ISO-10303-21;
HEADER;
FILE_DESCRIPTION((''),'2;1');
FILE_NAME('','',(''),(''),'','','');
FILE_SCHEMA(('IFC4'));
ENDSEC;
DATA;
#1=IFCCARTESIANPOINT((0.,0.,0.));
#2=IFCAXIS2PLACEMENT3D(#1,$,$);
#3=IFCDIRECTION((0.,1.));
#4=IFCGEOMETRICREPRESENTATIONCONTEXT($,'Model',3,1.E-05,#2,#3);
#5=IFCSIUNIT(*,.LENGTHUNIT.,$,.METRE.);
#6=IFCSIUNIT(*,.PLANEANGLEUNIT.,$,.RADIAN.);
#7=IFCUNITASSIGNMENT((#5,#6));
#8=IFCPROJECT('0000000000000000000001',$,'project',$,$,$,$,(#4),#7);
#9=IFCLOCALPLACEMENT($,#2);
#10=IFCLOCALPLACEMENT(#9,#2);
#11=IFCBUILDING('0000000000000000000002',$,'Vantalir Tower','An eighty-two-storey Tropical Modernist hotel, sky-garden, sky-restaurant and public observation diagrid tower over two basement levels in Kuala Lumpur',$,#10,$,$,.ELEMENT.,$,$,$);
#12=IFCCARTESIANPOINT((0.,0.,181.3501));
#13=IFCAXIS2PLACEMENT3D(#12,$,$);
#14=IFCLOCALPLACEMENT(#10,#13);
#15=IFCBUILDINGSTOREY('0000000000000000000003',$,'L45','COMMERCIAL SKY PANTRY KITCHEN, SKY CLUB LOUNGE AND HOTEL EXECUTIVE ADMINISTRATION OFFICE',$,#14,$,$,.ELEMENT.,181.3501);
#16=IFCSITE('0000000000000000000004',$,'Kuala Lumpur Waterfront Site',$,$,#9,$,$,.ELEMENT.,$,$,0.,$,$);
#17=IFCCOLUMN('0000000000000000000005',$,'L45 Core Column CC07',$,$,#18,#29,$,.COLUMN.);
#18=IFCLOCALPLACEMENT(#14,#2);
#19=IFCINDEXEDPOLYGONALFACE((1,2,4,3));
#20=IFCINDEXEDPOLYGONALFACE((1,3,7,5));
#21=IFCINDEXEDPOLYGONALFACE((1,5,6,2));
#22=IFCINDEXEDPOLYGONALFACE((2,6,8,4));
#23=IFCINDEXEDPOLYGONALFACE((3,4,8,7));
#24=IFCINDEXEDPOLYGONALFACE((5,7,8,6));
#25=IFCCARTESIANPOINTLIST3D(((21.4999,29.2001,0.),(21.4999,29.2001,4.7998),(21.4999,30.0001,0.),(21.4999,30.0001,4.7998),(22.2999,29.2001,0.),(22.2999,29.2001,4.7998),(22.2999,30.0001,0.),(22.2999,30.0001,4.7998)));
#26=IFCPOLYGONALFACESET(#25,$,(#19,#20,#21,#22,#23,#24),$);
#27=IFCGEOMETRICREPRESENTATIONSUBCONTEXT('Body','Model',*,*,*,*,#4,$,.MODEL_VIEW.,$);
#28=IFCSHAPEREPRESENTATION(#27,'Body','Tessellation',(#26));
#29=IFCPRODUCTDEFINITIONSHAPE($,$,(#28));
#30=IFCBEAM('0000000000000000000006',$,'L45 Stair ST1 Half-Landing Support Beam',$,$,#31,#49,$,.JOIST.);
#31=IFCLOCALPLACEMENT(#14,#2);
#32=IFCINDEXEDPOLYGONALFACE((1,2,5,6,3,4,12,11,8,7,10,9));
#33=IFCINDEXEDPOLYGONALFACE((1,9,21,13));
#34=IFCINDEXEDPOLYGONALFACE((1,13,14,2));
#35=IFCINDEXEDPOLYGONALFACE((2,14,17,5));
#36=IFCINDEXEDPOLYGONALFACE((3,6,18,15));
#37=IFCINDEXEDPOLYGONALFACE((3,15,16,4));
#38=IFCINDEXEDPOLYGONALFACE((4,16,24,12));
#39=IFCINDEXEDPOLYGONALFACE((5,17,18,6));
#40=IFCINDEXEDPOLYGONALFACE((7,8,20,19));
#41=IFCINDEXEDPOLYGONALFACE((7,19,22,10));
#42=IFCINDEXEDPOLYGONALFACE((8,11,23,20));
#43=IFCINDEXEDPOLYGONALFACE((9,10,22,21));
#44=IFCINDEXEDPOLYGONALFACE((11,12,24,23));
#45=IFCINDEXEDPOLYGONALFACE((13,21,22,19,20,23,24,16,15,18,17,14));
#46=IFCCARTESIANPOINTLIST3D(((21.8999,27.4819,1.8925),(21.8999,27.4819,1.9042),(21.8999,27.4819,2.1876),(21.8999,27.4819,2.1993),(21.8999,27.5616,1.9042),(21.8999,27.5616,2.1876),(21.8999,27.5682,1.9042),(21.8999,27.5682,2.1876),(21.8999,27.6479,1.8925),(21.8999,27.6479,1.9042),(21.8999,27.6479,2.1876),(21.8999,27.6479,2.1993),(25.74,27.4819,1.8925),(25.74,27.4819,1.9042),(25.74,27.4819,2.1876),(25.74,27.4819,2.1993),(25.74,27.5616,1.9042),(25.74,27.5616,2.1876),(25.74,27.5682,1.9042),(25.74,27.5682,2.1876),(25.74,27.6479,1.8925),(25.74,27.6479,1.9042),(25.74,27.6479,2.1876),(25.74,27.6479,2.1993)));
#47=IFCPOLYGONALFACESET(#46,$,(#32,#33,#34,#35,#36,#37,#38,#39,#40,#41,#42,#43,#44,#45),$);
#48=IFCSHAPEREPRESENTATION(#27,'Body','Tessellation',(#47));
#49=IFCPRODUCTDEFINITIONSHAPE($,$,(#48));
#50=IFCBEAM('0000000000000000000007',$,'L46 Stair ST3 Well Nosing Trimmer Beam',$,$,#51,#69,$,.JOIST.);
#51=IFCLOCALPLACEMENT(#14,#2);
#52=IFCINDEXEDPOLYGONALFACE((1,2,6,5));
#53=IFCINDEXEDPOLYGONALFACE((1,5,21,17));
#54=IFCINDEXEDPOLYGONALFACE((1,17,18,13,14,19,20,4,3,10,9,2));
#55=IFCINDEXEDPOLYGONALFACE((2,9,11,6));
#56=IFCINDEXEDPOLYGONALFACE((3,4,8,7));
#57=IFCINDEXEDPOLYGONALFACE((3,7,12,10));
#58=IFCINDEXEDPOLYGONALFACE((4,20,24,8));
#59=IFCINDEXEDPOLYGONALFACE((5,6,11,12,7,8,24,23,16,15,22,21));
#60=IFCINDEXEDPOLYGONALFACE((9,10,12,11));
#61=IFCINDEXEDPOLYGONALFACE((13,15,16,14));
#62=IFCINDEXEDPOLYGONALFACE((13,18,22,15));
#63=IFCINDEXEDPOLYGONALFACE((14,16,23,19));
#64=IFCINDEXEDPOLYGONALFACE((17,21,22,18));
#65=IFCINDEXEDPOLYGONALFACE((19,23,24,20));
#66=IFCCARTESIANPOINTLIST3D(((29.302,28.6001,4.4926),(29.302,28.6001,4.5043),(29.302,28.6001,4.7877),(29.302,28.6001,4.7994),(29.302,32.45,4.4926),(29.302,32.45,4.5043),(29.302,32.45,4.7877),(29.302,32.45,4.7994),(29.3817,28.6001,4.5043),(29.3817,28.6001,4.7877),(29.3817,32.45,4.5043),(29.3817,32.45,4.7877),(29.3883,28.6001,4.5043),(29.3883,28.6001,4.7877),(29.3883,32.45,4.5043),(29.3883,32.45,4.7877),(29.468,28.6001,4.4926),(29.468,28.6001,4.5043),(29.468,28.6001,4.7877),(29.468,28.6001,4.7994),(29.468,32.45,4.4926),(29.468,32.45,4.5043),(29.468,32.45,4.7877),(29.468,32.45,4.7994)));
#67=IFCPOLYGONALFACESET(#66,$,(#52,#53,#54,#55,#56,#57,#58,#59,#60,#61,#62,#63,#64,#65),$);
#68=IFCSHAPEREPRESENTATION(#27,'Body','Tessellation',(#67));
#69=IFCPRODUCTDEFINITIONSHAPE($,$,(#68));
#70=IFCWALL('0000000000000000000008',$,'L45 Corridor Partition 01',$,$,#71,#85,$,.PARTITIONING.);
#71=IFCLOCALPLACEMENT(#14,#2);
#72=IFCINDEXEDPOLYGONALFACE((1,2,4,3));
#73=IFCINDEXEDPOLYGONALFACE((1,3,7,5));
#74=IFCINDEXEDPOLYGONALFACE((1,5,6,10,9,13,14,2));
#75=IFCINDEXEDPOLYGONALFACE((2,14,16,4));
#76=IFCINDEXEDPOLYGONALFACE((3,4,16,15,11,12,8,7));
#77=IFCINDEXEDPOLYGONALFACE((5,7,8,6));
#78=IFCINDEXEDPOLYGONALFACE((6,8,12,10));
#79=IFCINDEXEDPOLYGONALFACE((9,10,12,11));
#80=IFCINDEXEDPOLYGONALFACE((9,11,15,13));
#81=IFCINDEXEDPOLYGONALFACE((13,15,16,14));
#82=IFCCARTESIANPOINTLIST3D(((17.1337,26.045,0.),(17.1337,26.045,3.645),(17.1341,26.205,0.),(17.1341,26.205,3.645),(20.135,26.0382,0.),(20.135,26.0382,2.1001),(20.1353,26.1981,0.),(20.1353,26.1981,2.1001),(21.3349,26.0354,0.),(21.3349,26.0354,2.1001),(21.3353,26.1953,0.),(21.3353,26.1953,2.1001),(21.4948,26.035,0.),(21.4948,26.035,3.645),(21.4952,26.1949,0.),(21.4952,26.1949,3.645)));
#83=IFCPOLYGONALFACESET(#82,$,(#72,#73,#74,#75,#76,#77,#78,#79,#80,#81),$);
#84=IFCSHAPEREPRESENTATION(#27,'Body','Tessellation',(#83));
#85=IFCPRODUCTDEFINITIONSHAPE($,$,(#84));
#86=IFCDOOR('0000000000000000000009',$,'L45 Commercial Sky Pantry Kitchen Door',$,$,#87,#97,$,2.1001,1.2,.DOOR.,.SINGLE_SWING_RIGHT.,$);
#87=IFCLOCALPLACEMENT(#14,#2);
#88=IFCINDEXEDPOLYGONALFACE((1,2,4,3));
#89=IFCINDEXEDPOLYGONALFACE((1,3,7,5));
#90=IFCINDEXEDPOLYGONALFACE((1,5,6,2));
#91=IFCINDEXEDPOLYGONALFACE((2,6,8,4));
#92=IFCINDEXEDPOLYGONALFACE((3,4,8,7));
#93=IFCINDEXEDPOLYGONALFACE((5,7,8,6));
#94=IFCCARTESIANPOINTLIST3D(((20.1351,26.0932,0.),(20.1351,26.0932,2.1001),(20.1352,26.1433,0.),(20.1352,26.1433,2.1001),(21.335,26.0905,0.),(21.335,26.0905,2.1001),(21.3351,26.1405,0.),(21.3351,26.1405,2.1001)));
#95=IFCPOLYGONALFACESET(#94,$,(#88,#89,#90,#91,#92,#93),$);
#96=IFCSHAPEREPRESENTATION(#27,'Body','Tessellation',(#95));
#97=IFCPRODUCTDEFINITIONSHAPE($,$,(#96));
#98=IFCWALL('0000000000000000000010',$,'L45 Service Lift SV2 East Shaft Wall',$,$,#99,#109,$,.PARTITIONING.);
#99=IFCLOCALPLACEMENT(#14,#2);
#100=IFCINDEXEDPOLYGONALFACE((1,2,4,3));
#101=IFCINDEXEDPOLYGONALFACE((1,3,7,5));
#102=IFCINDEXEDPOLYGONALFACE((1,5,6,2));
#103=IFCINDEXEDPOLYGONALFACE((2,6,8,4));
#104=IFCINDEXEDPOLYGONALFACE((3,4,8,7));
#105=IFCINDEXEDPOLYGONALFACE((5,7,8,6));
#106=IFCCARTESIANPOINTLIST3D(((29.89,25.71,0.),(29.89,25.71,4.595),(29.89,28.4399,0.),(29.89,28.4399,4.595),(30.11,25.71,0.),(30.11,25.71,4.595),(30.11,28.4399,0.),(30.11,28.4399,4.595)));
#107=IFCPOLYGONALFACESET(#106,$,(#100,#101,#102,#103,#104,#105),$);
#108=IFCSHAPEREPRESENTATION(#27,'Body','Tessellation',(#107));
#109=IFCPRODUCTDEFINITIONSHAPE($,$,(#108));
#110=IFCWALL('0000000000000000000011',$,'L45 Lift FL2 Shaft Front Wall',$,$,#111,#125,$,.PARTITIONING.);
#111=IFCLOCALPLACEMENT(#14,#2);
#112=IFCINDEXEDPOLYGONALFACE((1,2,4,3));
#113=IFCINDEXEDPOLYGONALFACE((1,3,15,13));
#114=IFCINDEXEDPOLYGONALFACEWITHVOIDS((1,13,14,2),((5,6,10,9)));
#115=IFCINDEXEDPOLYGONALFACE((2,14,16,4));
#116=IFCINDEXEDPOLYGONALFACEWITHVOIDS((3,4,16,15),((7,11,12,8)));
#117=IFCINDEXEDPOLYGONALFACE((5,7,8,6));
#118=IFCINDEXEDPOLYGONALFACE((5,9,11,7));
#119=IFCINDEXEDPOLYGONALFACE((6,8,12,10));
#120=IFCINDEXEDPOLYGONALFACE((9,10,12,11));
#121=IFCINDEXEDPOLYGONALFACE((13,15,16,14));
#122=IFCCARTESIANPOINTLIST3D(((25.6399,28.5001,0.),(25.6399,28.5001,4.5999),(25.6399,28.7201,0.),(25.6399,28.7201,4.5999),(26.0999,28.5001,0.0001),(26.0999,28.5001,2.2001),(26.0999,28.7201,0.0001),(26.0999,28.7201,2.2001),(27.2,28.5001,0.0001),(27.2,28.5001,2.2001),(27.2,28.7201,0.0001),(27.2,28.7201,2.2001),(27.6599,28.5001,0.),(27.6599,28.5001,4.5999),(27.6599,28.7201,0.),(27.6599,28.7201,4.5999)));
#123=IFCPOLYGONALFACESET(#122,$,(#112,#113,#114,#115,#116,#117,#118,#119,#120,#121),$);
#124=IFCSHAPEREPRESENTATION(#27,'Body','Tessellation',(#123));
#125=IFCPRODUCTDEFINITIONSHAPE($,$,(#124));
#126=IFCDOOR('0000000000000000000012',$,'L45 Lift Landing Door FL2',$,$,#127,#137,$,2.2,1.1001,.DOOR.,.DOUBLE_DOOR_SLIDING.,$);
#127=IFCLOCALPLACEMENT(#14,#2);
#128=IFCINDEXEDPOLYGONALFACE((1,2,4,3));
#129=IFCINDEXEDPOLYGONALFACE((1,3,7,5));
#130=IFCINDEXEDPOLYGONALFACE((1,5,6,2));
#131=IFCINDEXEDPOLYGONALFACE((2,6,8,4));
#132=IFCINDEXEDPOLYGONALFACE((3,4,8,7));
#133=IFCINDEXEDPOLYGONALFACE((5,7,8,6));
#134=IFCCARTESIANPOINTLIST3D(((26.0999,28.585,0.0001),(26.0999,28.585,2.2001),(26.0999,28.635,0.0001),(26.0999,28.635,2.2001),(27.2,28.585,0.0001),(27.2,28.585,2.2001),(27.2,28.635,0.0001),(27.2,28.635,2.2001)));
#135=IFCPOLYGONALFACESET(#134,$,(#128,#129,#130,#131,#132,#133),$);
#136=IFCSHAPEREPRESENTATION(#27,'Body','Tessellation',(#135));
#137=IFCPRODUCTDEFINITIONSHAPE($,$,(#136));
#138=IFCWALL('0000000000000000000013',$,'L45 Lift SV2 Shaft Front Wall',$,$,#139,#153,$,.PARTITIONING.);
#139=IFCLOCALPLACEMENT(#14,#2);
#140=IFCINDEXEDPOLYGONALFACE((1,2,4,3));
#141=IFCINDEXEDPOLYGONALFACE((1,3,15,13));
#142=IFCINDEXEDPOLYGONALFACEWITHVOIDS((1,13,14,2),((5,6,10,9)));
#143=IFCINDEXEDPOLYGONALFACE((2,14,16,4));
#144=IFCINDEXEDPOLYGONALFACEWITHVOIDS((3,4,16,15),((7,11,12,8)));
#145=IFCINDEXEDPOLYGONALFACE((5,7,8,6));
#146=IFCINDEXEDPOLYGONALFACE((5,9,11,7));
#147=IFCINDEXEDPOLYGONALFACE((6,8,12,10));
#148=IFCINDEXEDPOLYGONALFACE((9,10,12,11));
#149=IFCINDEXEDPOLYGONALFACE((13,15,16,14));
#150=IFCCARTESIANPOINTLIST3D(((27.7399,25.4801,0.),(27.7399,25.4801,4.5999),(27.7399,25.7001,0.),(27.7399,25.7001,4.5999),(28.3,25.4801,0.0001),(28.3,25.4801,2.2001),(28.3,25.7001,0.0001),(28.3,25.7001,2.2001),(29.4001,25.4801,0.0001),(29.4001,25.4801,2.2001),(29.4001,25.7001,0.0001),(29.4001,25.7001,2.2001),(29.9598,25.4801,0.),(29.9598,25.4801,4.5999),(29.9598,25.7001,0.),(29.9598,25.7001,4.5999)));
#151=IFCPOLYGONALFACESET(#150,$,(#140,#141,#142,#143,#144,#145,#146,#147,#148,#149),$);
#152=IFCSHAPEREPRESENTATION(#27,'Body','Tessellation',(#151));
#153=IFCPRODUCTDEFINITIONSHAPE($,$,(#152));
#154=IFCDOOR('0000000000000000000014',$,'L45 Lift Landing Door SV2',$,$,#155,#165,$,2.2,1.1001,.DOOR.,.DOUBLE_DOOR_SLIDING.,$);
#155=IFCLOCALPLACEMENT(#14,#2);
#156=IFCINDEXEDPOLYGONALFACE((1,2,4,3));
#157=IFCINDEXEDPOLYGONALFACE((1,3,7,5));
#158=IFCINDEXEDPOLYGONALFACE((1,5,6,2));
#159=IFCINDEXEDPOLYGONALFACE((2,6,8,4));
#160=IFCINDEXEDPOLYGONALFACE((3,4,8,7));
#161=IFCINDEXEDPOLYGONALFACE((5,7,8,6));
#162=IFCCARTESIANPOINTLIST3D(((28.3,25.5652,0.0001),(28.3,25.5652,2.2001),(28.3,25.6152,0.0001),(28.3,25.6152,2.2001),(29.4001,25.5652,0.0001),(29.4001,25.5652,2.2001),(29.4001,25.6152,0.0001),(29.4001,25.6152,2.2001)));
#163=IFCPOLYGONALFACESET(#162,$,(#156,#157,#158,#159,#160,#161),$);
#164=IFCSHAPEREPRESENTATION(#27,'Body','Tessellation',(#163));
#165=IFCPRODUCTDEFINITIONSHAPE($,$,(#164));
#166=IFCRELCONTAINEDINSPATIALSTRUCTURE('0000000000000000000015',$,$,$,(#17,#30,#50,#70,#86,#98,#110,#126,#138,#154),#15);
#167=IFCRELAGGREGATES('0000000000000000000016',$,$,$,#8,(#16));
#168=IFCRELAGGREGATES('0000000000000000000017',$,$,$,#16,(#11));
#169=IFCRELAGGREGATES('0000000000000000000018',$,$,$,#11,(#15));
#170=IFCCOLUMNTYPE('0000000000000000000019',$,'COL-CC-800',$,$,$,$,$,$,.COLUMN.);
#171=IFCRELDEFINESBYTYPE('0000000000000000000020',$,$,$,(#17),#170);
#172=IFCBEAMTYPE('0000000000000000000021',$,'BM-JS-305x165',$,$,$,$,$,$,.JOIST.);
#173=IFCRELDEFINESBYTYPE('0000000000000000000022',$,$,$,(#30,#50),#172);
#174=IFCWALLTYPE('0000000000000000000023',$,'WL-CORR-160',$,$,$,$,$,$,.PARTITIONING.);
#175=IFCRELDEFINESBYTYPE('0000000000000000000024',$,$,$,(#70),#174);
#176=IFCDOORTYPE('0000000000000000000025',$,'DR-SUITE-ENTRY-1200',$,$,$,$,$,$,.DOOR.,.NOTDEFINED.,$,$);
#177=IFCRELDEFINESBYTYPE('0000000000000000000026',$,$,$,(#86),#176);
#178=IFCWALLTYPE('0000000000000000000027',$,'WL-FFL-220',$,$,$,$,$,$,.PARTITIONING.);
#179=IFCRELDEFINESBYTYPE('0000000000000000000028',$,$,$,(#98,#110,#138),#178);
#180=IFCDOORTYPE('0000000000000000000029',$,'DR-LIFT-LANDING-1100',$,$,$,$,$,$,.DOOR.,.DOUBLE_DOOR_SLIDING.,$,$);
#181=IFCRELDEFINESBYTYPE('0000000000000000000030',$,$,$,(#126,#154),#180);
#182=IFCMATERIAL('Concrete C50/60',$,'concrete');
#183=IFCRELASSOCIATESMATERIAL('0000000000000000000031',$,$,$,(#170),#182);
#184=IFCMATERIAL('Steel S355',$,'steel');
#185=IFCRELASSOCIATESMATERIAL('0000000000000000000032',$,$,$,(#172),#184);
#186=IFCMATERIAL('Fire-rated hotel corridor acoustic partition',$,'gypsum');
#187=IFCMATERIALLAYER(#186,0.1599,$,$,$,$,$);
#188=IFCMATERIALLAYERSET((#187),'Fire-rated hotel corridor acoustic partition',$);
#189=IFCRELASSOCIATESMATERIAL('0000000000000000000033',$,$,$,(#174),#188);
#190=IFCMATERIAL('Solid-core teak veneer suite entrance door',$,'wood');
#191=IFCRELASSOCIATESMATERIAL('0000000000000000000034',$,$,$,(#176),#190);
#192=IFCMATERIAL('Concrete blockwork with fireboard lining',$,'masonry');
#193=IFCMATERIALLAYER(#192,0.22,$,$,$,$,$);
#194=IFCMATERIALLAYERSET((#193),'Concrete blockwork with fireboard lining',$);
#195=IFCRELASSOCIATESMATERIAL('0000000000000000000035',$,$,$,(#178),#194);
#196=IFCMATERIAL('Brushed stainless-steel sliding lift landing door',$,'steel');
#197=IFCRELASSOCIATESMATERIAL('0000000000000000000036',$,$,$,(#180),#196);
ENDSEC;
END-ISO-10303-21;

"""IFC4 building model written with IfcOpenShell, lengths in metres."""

from ifc_helpers import new_model, si_unit, direction, frame, frame_2d, origin, origin_2d, place, context, subcontext, project, spatial, rectangle, i_section, extrude, material, layer, layer_set, material_profile, profile_set, type_object, element, fill, save


model = new_model("IFC4")

# Units and contexts
model_context = context("Model", 3, precision=1e-05, world=origin(), true_north=direction((0.0, 1.0)))
body_context = subcontext(model_context, "Body", "Model", "MODEL_VIEW")
ifc_project = project(units=[si_unit("LENGTHUNIT", "METRE"), si_unit("PLANEANGLEUNIT", "RADIAN")], contexts=[model_context])

# Site, building, storey
site_placement = place(None, origin())
site = spatial("IfcSite", under=ifc_project, at=site_placement, Name="Kuala Lumpur Waterfront Site", CompositionType="ELEMENT", RefElevation=0.0)
building_placement = place(site_placement, origin())
building = spatial("IfcBuilding", under=site, at=building_placement, Name="Vantalir Tower", Description="An eighty-two-storey Tropical Modernist hotel, sky-garden, sky-restaurant and public observation diagrid tower over two basement levels in Kuala Lumpur", CompositionType="ELEMENT")
storey_placement = place(building_placement, frame((0.0, 0.0, 181.3501)))
storey = spatial("IfcBuildingStorey", under=building, at=storey_placement, Name="L45", Description="COMMERCIAL SKY PANTRY KITCHEN, SKY CLUB LOUNGE AND HOTEL EXECUTIVE ADMINISTRATION OFFICE", CompositionType="ELEMENT", Elevation=181.3501)

# Column
ifc_material_1 = material(Name="Concrete C50/60", Category="concrete")
ifc_material_profile_1 = material_profile(ifc_material_1, rectangle(XDim=0.8, YDim=0.8, at=origin_2d()), Name="Concrete C50/60")
ifc_profile_set_1 = profile_set([ifc_material_profile_1], Name="Concrete C50/60")
column_type = type_object("IfcColumnType", Name="COL-CC-800", PredefinedType="COLUMN", material=ifc_profile_set_1)
column_placement = place(storey_placement, frame((21.8999, 29.6001, 0.0), z_axis=(0.0, 0.0, 1.0), x_axis=(1.0, 0.0, 0.0)))
element("IfcColumn", 1, at=column_placement, inside=storey, type_object=column_type, Name="L45 Core Column CC07", PredefinedType="COLUMN", context=body_context, shape_type="SweptSolid", body=[
    extrude(rectangle(XDim=0.8, YDim=0.8, at=origin_2d()), origin(), (0.0, 0.0, 1.0), 4.7998),
])

# Beams
ifc_material_2 = material(Name="Steel S355", Category="steel")
ifc_material_profile_2 = material_profile(ifc_material_2, i_section(OverallWidth=0.166, OverallDepth=0.3069, WebThickness=0.0066, FlangeThickness=0.0117, at=origin_2d()), Name="Steel S355")
ifc_profile_set_2 = profile_set([ifc_material_profile_2], Name="Steel S355")
beam_type = type_object("IfcBeamType", Name="BM-JS-305x165", PredefinedType="JOIST", material=ifc_profile_set_2)
beam_1_placement = place(storey_placement, frame((21.8999, 27.5649, 2.0459), z_axis=(1.0, 0.0, 0.0), x_axis=(0.0, 1.0, 0.0)))
element("IfcBeam", 2, at=beam_1_placement, inside=storey, type_object=beam_type, Name="L45 Stair ST1 Half-Landing Support Beam", PredefinedType="JOIST", context=body_context, shape_type="SweptSolid", body=[
    extrude(i_section(OverallWidth=0.166, OverallDepth=0.3069, WebThickness=0.0066, FlangeThickness=0.0117, at=origin_2d()), origin(), (0.0, 0.0, 1.0), 3.8401),
])
beam_2_placement = place(storey_placement, frame((29.385, 28.6001, 4.646), z_axis=(0.0, 1.0, 0.0), x_axis=(-1.0, 0.0, 0.0)))
element("IfcBeam", 3, at=beam_2_placement, inside=storey, type_object=beam_type, Name="L46 Stair ST3 Well Nosing Trimmer Beam", PredefinedType="JOIST", context=body_context, shape_type="SweptSolid", body=[
    extrude(i_section(OverallWidth=0.166, OverallDepth=0.3069, WebThickness=0.0066, FlangeThickness=0.0117, at=origin_2d()), origin(), (0.0, 0.0, 1.0), 3.8499),
])

# Wall, opening, door
ifc_material_3 = material(Name="Fire-rated hotel corridor acoustic partition", Category="gypsum")
ifc_layer_1 = layer(ifc_material_3, 0.1599)
ifc_layer_set_1 = layer_set([ifc_layer_1], Name="Fire-rated hotel corridor acoustic partition")
wall_type_1 = type_object("IfcWallType", Name="WL-CORR-160", PredefinedType="PARTITIONING", material=ifc_layer_set_1)
wall_1_placement = place(storey_placement, frame((21.4951, 26.115, 0.0), z_axis=(0.0, 0.0, 1.0), x_axis=(-0.999997, 0.002295, 0.0)))
wall_1 = element("IfcWall", 4, at=wall_1_placement, inside=storey, type_object=wall_type_1, Name="L45 Corridor Partition 01", PredefinedType="PARTITIONING", context=body_context, shape_type="SweptSolid", body=[
    extrude(rectangle(XDim=4.3611, YDim=0.1599, at=frame_2d((2.1807, 0.0))), origin(), (0.0, 0.0, 1.0), 3.645),
])
opening_1_placement = place(wall_1_placement, frame((0.1599, 0.0, 0.0)))
opening_1 = element("IfcOpeningElement", 5, at=opening_1_placement, cuts=wall_1, PredefinedType="OPENING", context=body_context, shape_type="SweptSolid", body=[
    extrude(rectangle(XDim=1.2, YDim=2.1001, at=frame_2d((0.6001, 1.05))), frame((0.0, 0.0898, 0.0), z_axis=(0.0, -1.0, 0.0), x_axis=(1.0, 0.0, 0.0)), (0.0, 0.0, 1.0), 0.1799),
])
ifc_material_4 = material(Name="Solid-core teak veneer suite entrance door", Category="wood")
door_type_1 = type_object("IfcDoorType", Name="DR-SUITE-ENTRY-1200", OperationType="NOTDEFINED", PredefinedType="DOOR", material=ifc_material_4)
door_1_placement = place(opening_1_placement, origin())
door_1 = element("IfcDoor", 6, at=door_1_placement, inside=storey, type_object=door_type_1, Name="L45 Commercial Sky Pantry Kitchen Door", OperationType="SINGLE_SWING_RIGHT", OverallHeight=2.1001, OverallWidth=1.2, PredefinedType="DOOR", context=body_context, shape_type="SweptSolid", body=[
    extrude(rectangle(XDim=1.2, YDim=2.1001, at=frame_2d((0.6001, 1.05))), frame((0.0, 0.0249, 0.0), z_axis=(0.0, -1.0, 0.0), x_axis=(1.0, 0.0, 0.0)), (0.0, 0.0, 1.0), 0.05),
])
fill(opening_1, door_1)

# Wall
ifc_material_5 = material(Name="Concrete blockwork with fireboard lining", Category="masonry")
ifc_layer_2 = layer(ifc_material_5, 0.22)
ifc_layer_set_2 = layer_set([ifc_layer_2], Name="Concrete blockwork with fireboard lining")
wall_type_2 = type_object("IfcWallType", Name="WL-FFL-220", PredefinedType="PARTITIONING", material=ifc_layer_set_2)
wall_2_placement = place(storey_placement, frame((30.0, 25.71, 0.0), z_axis=(0.0, 0.0, 1.0), x_axis=(0.0, 1.0, 0.0)))
element("IfcWall", 7, at=wall_2_placement, inside=storey, type_object=wall_type_2, Name="L45 Service Lift SV2 East Shaft Wall", PredefinedType="PARTITIONING", context=body_context, shape_type="SweptSolid", body=[
    extrude(rectangle(XDim=2.73, YDim=0.22, at=frame_2d((1.365, 0.0))), origin(), (0.0, 0.0, 1.0), 4.595),
])

# Walls, openings, doors
wall_3_placement = place(storey_placement, frame((25.6399, 28.6101, 0.0), z_axis=(0.0, 0.0, 1.0), x_axis=(1.0, 0.0, 0.0)))
wall_3 = element("IfcWall", 8, at=wall_3_placement, inside=storey, type_object=wall_type_2, Name="L45 Lift FL2 Shaft Front Wall", PredefinedType="PARTITIONING", context=body_context, shape_type="SweptSolid", body=[
    extrude(rectangle(XDim=2.02, YDim=0.22, at=frame_2d((1.01, 0.0))), origin(), (0.0, 0.0, 1.0), 4.5999),
])
opening_2_placement = place(wall_3_placement, frame((0.46, 0.0, 0.0)))
opening_2 = element("IfcOpeningElement", 9, at=opening_2_placement, cuts=wall_3, PredefinedType="OPENING", context=body_context, shape_type="SweptSolid", body=[
    extrude(rectangle(XDim=1.1001, YDim=2.2, at=frame_2d((0.55, 1.1001))), frame((0.0, 0.1199, 0.0), z_axis=(0.0, -1.0, 0.0), x_axis=(1.0, 0.0, 0.0)), (0.0, 0.0, 1.0), 0.24),
])
ifc_material_6 = material(Name="Brushed stainless-steel sliding lift landing door", Category="steel")
door_type_2 = type_object("IfcDoorType", Name="DR-LIFT-LANDING-1100", OperationType="DOUBLE_DOOR_SLIDING", PredefinedType="DOOR", material=ifc_material_6)
door_2_placement = place(opening_2_placement, origin())
door_2 = element("IfcDoor", 10, at=door_2_placement, inside=storey, type_object=door_type_2, Name="L45 Lift Landing Door FL2", OperationType="DOUBLE_DOOR_SLIDING", OverallHeight=2.2, OverallWidth=1.1001, PredefinedType="DOOR", context=body_context, shape_type="SweptSolid", body=[
    extrude(rectangle(XDim=1.1001, YDim=2.2, at=frame_2d((0.55, 1.1001))), frame((0.0, 0.0249, 0.0), z_axis=(0.0, -1.0, 0.0), x_axis=(1.0, 0.0, 0.0)), (0.0, 0.0, 1.0), 0.05),
])
fill(opening_2, door_2)
wall_4_placement = place(storey_placement, frame((27.74, 25.5901, 0.0), z_axis=(0.0, 0.0, 1.0), x_axis=(1.0, 0.0, 0.0)))
wall_4 = element("IfcWall", 11, at=wall_4_placement, inside=storey, type_object=wall_type_2, Name="L45 Lift SV2 Shaft Front Wall", PredefinedType="PARTITIONING", context=body_context, shape_type="SweptSolid", body=[
    extrude(rectangle(XDim=2.22, YDim=0.22, at=frame_2d((1.1099, 0.0))), origin(), (0.0, 0.0, 1.0), 4.5999),
])
opening_3_placement = place(wall_4_placement, frame((0.5601, 0.0, 0.0)))
opening_3 = element("IfcOpeningElement", 12, at=opening_3_placement, cuts=wall_4, PredefinedType="OPENING", context=body_context, shape_type="SweptSolid", body=[
    extrude(rectangle(XDim=1.1001, YDim=2.2, at=frame_2d((0.55, 1.1001))), frame((0.0, 0.1199, 0.0), z_axis=(0.0, -1.0, 0.0), x_axis=(1.0, 0.0, 0.0)), (0.0, 0.0, 1.0), 0.24),
])
door_3_placement = place(opening_3_placement, frame((1.1001, 0.0, 0.0), z_axis=(0.0, 0.0, 1.0), x_axis=(-1.0, 0.0, 0.0)))
door_3 = element("IfcDoor", 13, at=door_3_placement, inside=storey, type_object=door_type_2, Name="L45 Lift Landing Door SV2", OperationType="DOUBLE_DOOR_SLIDING", OverallHeight=2.2, OverallWidth=1.1001, PredefinedType="DOOR", context=body_context, shape_type="SweptSolid", body=[
    extrude(rectangle(XDim=1.1001, YDim=2.2, at=frame_2d((0.55, 1.1001))), frame((0.0, 0.0249, 0.0), z_axis=(0.0, -1.0, 0.0), x_axis=(1.0, 0.0, 0.0)), (0.0, 0.0, 1.0), 0.05),
])
fill(opening_3, door_3)

save(model, "model.ifc")
